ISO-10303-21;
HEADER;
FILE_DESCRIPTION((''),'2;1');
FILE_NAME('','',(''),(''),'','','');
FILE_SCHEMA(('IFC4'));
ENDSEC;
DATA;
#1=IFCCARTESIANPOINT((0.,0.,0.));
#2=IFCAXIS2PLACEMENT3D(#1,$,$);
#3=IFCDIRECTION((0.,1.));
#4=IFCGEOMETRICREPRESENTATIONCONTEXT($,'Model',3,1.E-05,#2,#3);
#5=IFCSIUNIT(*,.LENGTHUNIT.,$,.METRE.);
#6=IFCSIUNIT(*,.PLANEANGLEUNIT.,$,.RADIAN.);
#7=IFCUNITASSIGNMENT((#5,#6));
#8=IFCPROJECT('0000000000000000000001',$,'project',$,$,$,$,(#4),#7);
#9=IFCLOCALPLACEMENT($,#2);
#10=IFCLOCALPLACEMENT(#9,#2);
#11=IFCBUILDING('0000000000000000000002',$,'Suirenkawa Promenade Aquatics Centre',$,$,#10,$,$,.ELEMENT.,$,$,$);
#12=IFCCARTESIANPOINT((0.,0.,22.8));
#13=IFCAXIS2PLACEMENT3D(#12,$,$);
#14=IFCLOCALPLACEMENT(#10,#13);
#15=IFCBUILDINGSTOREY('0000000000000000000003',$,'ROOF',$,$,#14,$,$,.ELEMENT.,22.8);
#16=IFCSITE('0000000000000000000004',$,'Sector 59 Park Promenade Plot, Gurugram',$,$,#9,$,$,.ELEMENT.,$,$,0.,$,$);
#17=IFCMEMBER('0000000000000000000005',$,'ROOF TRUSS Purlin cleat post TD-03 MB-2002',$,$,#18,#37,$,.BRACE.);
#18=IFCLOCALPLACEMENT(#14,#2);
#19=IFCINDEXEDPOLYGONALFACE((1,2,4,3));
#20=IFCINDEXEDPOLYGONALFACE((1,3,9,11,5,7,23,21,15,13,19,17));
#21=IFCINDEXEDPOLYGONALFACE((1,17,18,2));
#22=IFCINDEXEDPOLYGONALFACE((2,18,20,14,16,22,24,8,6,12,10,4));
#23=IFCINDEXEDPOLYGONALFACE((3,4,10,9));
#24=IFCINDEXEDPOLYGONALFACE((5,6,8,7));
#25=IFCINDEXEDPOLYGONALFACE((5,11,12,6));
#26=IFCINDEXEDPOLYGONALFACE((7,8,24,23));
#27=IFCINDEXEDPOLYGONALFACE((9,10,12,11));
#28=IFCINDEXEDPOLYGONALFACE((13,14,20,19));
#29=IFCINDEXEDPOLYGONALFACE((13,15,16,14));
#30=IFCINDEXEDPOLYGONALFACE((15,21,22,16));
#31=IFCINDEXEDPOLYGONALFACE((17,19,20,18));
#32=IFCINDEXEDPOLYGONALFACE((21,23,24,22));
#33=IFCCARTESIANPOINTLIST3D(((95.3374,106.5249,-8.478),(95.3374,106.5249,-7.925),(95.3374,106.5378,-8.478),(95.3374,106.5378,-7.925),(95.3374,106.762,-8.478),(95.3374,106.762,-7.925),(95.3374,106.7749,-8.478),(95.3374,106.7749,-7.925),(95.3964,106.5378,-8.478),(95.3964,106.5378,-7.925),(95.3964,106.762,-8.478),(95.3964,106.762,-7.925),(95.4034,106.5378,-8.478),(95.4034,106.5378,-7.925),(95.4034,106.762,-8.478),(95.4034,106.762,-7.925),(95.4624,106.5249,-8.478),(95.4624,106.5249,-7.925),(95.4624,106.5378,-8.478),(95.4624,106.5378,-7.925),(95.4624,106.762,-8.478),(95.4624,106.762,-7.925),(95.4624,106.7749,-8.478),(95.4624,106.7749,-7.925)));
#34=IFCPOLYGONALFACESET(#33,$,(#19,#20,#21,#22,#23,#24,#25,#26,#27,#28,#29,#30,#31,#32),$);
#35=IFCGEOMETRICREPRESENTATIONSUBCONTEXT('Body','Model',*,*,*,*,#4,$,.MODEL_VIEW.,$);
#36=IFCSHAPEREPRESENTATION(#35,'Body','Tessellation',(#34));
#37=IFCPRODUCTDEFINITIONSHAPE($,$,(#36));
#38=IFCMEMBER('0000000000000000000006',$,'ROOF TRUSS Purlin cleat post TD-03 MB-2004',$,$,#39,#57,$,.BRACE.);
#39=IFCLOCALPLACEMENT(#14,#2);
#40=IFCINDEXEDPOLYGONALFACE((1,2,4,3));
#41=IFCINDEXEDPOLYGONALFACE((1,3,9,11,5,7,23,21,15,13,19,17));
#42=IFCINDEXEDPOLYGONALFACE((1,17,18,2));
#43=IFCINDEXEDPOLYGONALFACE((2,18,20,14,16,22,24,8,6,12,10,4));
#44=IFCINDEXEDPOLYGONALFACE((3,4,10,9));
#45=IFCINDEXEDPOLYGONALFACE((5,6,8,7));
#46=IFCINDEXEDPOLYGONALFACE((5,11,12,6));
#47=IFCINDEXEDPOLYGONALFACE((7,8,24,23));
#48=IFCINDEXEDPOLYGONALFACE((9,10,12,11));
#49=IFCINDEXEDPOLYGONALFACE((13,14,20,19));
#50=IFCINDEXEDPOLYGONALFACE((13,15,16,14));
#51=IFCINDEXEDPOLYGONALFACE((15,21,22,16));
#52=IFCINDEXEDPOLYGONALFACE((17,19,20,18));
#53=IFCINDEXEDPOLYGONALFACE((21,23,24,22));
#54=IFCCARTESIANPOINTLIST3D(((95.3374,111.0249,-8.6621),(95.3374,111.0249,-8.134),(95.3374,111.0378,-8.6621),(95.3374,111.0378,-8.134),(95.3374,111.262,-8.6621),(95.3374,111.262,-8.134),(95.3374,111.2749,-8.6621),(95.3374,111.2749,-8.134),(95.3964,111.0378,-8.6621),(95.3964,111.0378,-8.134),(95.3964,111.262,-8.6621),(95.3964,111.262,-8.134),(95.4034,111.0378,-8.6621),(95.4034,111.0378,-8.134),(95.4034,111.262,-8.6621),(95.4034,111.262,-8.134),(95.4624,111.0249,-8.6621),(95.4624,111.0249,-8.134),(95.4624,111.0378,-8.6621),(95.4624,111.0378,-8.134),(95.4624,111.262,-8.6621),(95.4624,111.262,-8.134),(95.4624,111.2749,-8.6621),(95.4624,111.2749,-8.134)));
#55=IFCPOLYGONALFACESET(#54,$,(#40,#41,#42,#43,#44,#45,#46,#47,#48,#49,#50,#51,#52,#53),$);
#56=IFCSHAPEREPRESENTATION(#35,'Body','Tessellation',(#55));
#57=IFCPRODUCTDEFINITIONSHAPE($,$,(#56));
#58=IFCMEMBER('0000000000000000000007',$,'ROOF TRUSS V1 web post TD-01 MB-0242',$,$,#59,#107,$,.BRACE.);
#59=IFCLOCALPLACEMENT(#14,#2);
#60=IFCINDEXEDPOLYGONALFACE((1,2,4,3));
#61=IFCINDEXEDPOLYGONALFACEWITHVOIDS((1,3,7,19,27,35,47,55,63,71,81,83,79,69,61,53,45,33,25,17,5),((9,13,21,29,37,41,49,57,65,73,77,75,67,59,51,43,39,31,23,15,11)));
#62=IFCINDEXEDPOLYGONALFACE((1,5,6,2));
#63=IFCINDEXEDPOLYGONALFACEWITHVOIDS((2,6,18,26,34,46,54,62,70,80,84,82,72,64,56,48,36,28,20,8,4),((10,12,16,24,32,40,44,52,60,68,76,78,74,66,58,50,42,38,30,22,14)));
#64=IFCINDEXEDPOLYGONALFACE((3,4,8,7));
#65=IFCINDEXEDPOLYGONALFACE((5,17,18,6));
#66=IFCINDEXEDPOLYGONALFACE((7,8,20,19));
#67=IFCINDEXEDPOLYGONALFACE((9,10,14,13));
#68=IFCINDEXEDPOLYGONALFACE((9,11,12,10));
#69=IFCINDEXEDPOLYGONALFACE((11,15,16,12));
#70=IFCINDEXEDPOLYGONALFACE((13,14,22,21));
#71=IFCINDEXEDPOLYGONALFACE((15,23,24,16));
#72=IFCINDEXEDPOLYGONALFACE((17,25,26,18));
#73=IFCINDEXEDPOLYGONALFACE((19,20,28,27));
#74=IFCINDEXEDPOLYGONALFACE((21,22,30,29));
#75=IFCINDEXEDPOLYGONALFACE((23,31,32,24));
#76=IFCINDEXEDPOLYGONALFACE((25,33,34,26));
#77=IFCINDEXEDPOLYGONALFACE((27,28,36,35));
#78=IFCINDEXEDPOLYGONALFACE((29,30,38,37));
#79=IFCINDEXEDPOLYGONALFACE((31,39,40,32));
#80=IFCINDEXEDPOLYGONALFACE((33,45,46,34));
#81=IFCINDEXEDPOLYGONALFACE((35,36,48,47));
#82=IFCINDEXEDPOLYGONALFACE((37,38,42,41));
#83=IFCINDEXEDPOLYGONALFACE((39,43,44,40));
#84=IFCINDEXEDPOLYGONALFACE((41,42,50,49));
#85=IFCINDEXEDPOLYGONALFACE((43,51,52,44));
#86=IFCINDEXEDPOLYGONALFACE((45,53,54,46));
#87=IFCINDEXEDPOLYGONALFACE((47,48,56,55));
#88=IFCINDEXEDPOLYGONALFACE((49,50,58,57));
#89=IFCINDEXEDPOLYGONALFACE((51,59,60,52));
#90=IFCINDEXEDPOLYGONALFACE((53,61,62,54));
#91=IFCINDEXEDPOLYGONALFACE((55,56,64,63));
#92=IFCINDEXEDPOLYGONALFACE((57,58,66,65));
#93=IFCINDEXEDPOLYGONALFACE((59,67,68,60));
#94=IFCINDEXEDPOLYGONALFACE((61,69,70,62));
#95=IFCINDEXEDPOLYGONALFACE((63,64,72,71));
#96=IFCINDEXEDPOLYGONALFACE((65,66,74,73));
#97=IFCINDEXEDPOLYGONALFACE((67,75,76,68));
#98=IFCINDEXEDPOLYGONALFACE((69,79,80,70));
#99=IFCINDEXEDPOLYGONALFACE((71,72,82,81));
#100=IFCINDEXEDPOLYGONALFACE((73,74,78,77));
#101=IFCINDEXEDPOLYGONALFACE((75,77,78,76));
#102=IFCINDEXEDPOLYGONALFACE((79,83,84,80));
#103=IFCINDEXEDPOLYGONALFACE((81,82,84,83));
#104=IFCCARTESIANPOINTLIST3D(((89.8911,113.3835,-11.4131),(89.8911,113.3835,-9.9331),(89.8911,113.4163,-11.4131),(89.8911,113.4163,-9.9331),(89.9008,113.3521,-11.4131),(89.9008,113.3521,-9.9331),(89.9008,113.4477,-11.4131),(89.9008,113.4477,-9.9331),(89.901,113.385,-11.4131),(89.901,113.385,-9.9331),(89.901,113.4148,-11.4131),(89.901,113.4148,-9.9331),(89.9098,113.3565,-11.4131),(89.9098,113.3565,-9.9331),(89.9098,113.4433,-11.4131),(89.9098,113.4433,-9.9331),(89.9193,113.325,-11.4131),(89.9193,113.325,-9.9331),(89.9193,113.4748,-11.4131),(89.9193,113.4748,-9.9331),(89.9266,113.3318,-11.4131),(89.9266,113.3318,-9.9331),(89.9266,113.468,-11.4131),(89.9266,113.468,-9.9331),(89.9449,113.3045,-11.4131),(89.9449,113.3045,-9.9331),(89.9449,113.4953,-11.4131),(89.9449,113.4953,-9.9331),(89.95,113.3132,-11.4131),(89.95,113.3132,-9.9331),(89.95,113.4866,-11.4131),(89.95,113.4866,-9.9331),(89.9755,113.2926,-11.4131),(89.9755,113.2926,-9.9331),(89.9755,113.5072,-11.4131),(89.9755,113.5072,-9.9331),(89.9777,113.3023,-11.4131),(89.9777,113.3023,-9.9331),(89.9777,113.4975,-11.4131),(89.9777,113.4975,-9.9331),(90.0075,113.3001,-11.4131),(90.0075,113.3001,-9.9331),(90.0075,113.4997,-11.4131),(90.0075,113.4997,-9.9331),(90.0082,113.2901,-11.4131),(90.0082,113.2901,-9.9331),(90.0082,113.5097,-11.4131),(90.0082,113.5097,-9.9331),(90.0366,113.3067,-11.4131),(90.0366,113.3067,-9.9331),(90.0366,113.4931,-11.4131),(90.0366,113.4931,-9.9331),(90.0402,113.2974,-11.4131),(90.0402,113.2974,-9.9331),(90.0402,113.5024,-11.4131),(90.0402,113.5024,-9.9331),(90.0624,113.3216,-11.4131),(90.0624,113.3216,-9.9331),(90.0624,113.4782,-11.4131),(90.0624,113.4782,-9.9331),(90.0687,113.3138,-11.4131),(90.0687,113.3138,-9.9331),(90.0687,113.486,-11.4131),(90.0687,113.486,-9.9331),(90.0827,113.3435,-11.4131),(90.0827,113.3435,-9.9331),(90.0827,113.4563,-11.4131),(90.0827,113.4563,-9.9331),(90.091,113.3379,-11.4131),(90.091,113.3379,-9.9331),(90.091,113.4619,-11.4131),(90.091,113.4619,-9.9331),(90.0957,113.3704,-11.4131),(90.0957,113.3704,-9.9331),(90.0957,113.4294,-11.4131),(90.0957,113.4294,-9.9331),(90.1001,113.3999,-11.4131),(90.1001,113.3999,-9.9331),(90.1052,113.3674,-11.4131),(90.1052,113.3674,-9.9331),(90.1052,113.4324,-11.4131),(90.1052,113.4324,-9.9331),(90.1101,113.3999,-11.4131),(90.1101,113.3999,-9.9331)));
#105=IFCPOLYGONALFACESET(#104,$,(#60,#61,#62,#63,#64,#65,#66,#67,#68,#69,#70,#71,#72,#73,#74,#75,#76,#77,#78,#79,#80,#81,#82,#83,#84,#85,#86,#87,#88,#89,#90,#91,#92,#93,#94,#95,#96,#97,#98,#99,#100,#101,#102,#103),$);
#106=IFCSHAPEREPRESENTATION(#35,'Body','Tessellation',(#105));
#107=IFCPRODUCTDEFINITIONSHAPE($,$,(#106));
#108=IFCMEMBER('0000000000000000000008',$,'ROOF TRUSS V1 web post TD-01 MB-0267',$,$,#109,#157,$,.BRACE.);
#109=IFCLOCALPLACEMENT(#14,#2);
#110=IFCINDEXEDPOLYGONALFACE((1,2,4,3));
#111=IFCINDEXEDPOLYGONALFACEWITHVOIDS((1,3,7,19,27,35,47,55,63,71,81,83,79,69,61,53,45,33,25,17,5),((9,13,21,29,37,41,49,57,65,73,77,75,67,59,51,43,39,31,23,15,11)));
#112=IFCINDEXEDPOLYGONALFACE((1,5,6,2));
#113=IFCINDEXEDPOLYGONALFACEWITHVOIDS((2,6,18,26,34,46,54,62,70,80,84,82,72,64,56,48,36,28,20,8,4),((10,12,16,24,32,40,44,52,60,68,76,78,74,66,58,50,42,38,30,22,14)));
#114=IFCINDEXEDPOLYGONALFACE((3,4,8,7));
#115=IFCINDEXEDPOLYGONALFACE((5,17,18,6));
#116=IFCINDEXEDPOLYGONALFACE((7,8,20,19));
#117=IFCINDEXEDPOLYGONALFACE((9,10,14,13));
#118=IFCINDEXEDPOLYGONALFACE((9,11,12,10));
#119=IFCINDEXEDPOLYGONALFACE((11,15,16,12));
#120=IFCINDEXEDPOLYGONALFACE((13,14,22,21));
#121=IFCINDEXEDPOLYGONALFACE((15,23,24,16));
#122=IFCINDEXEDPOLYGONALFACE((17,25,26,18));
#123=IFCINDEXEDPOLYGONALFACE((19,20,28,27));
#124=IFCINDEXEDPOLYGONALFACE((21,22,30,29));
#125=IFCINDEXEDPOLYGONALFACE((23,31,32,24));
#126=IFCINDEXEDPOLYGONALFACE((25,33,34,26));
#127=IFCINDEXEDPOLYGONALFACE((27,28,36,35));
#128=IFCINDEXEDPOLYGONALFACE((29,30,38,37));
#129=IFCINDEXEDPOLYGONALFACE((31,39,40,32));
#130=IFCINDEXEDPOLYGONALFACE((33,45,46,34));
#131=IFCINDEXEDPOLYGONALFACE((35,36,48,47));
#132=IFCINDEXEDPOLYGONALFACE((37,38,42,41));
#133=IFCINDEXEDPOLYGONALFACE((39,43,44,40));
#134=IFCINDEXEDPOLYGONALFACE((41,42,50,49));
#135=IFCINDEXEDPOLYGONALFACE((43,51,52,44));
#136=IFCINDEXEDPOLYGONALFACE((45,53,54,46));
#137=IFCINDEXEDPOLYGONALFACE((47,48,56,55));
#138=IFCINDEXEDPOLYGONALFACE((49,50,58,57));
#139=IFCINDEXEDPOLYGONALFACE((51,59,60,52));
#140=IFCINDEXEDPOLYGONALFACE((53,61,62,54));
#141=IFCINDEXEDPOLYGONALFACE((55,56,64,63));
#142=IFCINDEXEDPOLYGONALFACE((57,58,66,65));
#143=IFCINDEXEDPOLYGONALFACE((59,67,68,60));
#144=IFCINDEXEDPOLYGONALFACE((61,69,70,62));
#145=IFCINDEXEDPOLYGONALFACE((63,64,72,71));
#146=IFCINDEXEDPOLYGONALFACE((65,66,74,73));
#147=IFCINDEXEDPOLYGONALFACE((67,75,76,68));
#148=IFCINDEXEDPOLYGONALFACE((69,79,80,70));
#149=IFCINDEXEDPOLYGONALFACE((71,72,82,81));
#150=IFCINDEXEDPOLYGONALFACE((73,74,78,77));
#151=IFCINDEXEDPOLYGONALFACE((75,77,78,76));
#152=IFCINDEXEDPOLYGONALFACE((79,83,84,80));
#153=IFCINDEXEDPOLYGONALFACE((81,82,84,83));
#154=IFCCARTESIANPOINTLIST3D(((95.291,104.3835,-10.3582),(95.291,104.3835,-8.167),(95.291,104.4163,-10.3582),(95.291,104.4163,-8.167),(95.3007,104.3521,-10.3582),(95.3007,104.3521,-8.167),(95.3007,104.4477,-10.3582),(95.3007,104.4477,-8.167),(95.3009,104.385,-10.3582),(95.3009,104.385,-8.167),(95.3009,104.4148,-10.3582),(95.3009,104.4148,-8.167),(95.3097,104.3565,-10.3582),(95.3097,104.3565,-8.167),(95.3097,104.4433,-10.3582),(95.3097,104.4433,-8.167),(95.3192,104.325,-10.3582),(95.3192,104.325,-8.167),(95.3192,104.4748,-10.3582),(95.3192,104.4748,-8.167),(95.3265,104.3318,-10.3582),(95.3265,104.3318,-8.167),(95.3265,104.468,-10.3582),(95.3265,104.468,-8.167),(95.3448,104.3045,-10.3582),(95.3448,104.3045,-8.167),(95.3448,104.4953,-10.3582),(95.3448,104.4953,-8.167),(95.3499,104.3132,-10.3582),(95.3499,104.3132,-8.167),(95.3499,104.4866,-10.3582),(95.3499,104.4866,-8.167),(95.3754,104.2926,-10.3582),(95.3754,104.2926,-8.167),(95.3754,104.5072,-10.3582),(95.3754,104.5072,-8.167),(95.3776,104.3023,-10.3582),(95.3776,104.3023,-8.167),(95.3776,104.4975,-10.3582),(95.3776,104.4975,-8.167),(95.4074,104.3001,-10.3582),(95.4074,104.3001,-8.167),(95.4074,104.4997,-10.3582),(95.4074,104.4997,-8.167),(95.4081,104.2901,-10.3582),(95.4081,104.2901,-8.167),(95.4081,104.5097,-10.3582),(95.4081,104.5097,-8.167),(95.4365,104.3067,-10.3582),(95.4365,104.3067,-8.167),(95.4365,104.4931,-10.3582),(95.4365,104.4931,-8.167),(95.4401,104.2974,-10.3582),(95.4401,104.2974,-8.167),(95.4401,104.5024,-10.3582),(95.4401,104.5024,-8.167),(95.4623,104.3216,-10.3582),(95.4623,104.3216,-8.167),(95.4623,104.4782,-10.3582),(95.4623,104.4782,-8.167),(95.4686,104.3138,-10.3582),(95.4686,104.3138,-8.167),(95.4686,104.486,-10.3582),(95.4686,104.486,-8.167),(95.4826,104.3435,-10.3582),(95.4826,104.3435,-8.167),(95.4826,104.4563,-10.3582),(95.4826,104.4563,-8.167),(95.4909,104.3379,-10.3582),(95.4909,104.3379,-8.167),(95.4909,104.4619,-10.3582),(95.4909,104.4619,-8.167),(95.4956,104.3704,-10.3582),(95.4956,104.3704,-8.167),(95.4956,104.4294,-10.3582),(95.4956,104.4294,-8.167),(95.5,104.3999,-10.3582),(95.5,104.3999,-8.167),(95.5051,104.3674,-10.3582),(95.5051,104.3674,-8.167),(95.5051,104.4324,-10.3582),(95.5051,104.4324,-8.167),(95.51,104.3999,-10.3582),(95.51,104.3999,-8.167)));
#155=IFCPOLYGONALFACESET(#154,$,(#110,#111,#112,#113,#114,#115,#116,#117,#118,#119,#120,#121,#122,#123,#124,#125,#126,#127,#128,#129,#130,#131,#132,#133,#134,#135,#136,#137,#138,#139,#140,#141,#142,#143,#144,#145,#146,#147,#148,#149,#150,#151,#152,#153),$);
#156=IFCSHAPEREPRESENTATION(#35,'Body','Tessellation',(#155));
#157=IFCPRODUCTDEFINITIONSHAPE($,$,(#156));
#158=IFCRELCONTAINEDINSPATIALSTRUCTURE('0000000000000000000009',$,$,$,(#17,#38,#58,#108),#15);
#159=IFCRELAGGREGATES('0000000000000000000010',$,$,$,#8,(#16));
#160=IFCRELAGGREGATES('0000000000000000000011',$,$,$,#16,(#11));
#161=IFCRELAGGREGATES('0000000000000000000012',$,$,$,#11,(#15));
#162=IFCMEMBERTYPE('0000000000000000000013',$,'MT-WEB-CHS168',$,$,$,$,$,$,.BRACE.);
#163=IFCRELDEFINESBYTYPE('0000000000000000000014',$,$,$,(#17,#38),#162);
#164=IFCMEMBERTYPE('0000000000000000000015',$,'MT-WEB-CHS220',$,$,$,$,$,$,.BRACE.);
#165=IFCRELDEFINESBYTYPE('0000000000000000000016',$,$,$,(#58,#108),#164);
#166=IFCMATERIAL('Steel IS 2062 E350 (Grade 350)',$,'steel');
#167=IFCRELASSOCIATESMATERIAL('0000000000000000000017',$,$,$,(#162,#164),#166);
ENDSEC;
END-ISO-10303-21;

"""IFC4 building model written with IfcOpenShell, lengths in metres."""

from ifc_helpers import new_model, si_unit, direction, frame, origin, origin_2d, place, context, subcontext, project, spatial, hollow_circle, i_section, extrude, material, material_profile, profile_set, type_object, element, save


model = new_model("IFC4")

# Units and contexts
model_context = context("Model", 3, precision=1e-05, world=origin(), true_north=direction((0.0, 1.0)))
body_context = subcontext(model_context, "Body", "Model", "MODEL_VIEW")
ifc_project = project(units=[si_unit("LENGTHUNIT", "METRE"), si_unit("PLANEANGLEUNIT", "RADIAN")], contexts=[model_context])

# Site, building, storey
site_placement = place(None, origin())
site = spatial("IfcSite", under=ifc_project, at=site_placement, Name="Sector 59 Park Promenade Plot, Gurugram", CompositionType="ELEMENT", RefElevation=0.0)
building_placement = place(site_placement, origin())
building = spatial("IfcBuilding", under=site, at=building_placement, Name="Suirenkawa Promenade Aquatics Centre", CompositionType="ELEMENT")
storey_placement = place(building_placement, frame((0.0, 0.0, 22.8)))
storey = spatial("IfcBuildingStorey", under=building, at=storey_placement, Name="ROOF", CompositionType="ELEMENT", Elevation=22.8)

# Shared definitions
ifc_material = material(Name="Steel IS 2062 E350 (Grade 350)", Category="steel")

# Members
ifc_material_profile_1 = material_profile(ifc_material, i_section(OverallWidth=0.125, OverallDepth=0.25, WebThickness=0.0071, FlangeThickness=0.0129, at=origin_2d()), Name="ISMB 250", Category="steel")
ifc_profile_set_1 = profile_set([ifc_material_profile_1], Name="Steel IS 2062 E350 (Grade 350)")
member_type_1 = type_object("IfcMemberType", Name="MT-WEB-CHS168", PredefinedType="BRACE", material=ifc_profile_set_1)
member_1_placement = place(storey_placement, frame((95.3999, 106.6499, -8.478), z_axis=(0.0, 0.0, 1.0), x_axis=(1.0, 0.0, 0.0)))
element("IfcMember", 1, at=member_1_placement, inside=storey, type_object=member_type_1, Name="ROOF TRUSS Purlin cleat post TD-03 MB-2002", PredefinedType="BRACE", context=body_context, shape_type="SweptSolid", body=[
    extrude(i_section(OverallWidth=0.125, OverallDepth=0.25, WebThickness=0.0071, FlangeThickness=0.0129, at=origin_2d()), origin(), (0.0, 0.0, 1.0), 0.553),
])
member_2_placement = place(storey_placement, frame((95.3999, 111.1499, -8.6621), z_axis=(0.0, 0.0, 1.0), x_axis=(1.0, 0.0, 0.0)))
element("IfcMember", 2, at=member_2_placement, inside=storey, type_object=member_type_1, Name="ROOF TRUSS Purlin cleat post TD-03 MB-2004", PredefinedType="BRACE", context=body_context, shape_type="SweptSolid", body=[
    extrude(i_section(OverallWidth=0.125, OverallDepth=0.25, WebThickness=0.0071, FlangeThickness=0.0129, at=origin_2d()), origin(), (0.0, 0.0, 1.0), 0.5281),
])
ifc_material_profile_2 = material_profile(ifc_material, hollow_circle(Radius=0.1101, WallThickness=0.01, at=origin_2d()), Name="CHS 220x10", Category="steel")
ifc_profile_set_2 = profile_set([ifc_material_profile_2], Name="Steel IS 2062 E350 (Grade 350)")
member_type_2 = type_object("IfcMemberType", Name="MT-WEB-CHS220", PredefinedType="BRACE", material=ifc_profile_set_2)
member_3_placement = place(storey_placement, frame((90.0, 113.3999, -11.4131), z_axis=(0.0, 0.0, 1.0), x_axis=(1.0, 0.0, 0.0)))
element("IfcMember", 3, at=member_3_placement, inside=storey, type_object=member_type_2, Name="ROOF TRUSS V1 web post TD-01 MB-0242", PredefinedType="BRACE", context=body_context, shape_type="SweptSolid", body=[
    extrude(hollow_circle(Radius=0.1101, WallThickness=0.01, at=origin_2d()), origin(), (0.0, 0.0, 1.0), 1.48),
])
member_4_placement = place(storey_placement, frame((95.3999, 104.3999, -10.3582), z_axis=(0.0, 0.0, 1.0), x_axis=(1.0, 0.0, 0.0)))
element("IfcMember", 4, at=member_4_placement, inside=storey, type_object=member_type_2, Name="ROOF TRUSS V1 web post TD-01 MB-0267", PredefinedType="BRACE", context=body_context, shape_type="SweptSolid", body=[
    extrude(hollow_circle(Radius=0.1101, WallThickness=0.01, at=origin_2d()), origin(), (0.0, 0.0, 1.0), 2.1912),
])

save(model, "model.ifc")
